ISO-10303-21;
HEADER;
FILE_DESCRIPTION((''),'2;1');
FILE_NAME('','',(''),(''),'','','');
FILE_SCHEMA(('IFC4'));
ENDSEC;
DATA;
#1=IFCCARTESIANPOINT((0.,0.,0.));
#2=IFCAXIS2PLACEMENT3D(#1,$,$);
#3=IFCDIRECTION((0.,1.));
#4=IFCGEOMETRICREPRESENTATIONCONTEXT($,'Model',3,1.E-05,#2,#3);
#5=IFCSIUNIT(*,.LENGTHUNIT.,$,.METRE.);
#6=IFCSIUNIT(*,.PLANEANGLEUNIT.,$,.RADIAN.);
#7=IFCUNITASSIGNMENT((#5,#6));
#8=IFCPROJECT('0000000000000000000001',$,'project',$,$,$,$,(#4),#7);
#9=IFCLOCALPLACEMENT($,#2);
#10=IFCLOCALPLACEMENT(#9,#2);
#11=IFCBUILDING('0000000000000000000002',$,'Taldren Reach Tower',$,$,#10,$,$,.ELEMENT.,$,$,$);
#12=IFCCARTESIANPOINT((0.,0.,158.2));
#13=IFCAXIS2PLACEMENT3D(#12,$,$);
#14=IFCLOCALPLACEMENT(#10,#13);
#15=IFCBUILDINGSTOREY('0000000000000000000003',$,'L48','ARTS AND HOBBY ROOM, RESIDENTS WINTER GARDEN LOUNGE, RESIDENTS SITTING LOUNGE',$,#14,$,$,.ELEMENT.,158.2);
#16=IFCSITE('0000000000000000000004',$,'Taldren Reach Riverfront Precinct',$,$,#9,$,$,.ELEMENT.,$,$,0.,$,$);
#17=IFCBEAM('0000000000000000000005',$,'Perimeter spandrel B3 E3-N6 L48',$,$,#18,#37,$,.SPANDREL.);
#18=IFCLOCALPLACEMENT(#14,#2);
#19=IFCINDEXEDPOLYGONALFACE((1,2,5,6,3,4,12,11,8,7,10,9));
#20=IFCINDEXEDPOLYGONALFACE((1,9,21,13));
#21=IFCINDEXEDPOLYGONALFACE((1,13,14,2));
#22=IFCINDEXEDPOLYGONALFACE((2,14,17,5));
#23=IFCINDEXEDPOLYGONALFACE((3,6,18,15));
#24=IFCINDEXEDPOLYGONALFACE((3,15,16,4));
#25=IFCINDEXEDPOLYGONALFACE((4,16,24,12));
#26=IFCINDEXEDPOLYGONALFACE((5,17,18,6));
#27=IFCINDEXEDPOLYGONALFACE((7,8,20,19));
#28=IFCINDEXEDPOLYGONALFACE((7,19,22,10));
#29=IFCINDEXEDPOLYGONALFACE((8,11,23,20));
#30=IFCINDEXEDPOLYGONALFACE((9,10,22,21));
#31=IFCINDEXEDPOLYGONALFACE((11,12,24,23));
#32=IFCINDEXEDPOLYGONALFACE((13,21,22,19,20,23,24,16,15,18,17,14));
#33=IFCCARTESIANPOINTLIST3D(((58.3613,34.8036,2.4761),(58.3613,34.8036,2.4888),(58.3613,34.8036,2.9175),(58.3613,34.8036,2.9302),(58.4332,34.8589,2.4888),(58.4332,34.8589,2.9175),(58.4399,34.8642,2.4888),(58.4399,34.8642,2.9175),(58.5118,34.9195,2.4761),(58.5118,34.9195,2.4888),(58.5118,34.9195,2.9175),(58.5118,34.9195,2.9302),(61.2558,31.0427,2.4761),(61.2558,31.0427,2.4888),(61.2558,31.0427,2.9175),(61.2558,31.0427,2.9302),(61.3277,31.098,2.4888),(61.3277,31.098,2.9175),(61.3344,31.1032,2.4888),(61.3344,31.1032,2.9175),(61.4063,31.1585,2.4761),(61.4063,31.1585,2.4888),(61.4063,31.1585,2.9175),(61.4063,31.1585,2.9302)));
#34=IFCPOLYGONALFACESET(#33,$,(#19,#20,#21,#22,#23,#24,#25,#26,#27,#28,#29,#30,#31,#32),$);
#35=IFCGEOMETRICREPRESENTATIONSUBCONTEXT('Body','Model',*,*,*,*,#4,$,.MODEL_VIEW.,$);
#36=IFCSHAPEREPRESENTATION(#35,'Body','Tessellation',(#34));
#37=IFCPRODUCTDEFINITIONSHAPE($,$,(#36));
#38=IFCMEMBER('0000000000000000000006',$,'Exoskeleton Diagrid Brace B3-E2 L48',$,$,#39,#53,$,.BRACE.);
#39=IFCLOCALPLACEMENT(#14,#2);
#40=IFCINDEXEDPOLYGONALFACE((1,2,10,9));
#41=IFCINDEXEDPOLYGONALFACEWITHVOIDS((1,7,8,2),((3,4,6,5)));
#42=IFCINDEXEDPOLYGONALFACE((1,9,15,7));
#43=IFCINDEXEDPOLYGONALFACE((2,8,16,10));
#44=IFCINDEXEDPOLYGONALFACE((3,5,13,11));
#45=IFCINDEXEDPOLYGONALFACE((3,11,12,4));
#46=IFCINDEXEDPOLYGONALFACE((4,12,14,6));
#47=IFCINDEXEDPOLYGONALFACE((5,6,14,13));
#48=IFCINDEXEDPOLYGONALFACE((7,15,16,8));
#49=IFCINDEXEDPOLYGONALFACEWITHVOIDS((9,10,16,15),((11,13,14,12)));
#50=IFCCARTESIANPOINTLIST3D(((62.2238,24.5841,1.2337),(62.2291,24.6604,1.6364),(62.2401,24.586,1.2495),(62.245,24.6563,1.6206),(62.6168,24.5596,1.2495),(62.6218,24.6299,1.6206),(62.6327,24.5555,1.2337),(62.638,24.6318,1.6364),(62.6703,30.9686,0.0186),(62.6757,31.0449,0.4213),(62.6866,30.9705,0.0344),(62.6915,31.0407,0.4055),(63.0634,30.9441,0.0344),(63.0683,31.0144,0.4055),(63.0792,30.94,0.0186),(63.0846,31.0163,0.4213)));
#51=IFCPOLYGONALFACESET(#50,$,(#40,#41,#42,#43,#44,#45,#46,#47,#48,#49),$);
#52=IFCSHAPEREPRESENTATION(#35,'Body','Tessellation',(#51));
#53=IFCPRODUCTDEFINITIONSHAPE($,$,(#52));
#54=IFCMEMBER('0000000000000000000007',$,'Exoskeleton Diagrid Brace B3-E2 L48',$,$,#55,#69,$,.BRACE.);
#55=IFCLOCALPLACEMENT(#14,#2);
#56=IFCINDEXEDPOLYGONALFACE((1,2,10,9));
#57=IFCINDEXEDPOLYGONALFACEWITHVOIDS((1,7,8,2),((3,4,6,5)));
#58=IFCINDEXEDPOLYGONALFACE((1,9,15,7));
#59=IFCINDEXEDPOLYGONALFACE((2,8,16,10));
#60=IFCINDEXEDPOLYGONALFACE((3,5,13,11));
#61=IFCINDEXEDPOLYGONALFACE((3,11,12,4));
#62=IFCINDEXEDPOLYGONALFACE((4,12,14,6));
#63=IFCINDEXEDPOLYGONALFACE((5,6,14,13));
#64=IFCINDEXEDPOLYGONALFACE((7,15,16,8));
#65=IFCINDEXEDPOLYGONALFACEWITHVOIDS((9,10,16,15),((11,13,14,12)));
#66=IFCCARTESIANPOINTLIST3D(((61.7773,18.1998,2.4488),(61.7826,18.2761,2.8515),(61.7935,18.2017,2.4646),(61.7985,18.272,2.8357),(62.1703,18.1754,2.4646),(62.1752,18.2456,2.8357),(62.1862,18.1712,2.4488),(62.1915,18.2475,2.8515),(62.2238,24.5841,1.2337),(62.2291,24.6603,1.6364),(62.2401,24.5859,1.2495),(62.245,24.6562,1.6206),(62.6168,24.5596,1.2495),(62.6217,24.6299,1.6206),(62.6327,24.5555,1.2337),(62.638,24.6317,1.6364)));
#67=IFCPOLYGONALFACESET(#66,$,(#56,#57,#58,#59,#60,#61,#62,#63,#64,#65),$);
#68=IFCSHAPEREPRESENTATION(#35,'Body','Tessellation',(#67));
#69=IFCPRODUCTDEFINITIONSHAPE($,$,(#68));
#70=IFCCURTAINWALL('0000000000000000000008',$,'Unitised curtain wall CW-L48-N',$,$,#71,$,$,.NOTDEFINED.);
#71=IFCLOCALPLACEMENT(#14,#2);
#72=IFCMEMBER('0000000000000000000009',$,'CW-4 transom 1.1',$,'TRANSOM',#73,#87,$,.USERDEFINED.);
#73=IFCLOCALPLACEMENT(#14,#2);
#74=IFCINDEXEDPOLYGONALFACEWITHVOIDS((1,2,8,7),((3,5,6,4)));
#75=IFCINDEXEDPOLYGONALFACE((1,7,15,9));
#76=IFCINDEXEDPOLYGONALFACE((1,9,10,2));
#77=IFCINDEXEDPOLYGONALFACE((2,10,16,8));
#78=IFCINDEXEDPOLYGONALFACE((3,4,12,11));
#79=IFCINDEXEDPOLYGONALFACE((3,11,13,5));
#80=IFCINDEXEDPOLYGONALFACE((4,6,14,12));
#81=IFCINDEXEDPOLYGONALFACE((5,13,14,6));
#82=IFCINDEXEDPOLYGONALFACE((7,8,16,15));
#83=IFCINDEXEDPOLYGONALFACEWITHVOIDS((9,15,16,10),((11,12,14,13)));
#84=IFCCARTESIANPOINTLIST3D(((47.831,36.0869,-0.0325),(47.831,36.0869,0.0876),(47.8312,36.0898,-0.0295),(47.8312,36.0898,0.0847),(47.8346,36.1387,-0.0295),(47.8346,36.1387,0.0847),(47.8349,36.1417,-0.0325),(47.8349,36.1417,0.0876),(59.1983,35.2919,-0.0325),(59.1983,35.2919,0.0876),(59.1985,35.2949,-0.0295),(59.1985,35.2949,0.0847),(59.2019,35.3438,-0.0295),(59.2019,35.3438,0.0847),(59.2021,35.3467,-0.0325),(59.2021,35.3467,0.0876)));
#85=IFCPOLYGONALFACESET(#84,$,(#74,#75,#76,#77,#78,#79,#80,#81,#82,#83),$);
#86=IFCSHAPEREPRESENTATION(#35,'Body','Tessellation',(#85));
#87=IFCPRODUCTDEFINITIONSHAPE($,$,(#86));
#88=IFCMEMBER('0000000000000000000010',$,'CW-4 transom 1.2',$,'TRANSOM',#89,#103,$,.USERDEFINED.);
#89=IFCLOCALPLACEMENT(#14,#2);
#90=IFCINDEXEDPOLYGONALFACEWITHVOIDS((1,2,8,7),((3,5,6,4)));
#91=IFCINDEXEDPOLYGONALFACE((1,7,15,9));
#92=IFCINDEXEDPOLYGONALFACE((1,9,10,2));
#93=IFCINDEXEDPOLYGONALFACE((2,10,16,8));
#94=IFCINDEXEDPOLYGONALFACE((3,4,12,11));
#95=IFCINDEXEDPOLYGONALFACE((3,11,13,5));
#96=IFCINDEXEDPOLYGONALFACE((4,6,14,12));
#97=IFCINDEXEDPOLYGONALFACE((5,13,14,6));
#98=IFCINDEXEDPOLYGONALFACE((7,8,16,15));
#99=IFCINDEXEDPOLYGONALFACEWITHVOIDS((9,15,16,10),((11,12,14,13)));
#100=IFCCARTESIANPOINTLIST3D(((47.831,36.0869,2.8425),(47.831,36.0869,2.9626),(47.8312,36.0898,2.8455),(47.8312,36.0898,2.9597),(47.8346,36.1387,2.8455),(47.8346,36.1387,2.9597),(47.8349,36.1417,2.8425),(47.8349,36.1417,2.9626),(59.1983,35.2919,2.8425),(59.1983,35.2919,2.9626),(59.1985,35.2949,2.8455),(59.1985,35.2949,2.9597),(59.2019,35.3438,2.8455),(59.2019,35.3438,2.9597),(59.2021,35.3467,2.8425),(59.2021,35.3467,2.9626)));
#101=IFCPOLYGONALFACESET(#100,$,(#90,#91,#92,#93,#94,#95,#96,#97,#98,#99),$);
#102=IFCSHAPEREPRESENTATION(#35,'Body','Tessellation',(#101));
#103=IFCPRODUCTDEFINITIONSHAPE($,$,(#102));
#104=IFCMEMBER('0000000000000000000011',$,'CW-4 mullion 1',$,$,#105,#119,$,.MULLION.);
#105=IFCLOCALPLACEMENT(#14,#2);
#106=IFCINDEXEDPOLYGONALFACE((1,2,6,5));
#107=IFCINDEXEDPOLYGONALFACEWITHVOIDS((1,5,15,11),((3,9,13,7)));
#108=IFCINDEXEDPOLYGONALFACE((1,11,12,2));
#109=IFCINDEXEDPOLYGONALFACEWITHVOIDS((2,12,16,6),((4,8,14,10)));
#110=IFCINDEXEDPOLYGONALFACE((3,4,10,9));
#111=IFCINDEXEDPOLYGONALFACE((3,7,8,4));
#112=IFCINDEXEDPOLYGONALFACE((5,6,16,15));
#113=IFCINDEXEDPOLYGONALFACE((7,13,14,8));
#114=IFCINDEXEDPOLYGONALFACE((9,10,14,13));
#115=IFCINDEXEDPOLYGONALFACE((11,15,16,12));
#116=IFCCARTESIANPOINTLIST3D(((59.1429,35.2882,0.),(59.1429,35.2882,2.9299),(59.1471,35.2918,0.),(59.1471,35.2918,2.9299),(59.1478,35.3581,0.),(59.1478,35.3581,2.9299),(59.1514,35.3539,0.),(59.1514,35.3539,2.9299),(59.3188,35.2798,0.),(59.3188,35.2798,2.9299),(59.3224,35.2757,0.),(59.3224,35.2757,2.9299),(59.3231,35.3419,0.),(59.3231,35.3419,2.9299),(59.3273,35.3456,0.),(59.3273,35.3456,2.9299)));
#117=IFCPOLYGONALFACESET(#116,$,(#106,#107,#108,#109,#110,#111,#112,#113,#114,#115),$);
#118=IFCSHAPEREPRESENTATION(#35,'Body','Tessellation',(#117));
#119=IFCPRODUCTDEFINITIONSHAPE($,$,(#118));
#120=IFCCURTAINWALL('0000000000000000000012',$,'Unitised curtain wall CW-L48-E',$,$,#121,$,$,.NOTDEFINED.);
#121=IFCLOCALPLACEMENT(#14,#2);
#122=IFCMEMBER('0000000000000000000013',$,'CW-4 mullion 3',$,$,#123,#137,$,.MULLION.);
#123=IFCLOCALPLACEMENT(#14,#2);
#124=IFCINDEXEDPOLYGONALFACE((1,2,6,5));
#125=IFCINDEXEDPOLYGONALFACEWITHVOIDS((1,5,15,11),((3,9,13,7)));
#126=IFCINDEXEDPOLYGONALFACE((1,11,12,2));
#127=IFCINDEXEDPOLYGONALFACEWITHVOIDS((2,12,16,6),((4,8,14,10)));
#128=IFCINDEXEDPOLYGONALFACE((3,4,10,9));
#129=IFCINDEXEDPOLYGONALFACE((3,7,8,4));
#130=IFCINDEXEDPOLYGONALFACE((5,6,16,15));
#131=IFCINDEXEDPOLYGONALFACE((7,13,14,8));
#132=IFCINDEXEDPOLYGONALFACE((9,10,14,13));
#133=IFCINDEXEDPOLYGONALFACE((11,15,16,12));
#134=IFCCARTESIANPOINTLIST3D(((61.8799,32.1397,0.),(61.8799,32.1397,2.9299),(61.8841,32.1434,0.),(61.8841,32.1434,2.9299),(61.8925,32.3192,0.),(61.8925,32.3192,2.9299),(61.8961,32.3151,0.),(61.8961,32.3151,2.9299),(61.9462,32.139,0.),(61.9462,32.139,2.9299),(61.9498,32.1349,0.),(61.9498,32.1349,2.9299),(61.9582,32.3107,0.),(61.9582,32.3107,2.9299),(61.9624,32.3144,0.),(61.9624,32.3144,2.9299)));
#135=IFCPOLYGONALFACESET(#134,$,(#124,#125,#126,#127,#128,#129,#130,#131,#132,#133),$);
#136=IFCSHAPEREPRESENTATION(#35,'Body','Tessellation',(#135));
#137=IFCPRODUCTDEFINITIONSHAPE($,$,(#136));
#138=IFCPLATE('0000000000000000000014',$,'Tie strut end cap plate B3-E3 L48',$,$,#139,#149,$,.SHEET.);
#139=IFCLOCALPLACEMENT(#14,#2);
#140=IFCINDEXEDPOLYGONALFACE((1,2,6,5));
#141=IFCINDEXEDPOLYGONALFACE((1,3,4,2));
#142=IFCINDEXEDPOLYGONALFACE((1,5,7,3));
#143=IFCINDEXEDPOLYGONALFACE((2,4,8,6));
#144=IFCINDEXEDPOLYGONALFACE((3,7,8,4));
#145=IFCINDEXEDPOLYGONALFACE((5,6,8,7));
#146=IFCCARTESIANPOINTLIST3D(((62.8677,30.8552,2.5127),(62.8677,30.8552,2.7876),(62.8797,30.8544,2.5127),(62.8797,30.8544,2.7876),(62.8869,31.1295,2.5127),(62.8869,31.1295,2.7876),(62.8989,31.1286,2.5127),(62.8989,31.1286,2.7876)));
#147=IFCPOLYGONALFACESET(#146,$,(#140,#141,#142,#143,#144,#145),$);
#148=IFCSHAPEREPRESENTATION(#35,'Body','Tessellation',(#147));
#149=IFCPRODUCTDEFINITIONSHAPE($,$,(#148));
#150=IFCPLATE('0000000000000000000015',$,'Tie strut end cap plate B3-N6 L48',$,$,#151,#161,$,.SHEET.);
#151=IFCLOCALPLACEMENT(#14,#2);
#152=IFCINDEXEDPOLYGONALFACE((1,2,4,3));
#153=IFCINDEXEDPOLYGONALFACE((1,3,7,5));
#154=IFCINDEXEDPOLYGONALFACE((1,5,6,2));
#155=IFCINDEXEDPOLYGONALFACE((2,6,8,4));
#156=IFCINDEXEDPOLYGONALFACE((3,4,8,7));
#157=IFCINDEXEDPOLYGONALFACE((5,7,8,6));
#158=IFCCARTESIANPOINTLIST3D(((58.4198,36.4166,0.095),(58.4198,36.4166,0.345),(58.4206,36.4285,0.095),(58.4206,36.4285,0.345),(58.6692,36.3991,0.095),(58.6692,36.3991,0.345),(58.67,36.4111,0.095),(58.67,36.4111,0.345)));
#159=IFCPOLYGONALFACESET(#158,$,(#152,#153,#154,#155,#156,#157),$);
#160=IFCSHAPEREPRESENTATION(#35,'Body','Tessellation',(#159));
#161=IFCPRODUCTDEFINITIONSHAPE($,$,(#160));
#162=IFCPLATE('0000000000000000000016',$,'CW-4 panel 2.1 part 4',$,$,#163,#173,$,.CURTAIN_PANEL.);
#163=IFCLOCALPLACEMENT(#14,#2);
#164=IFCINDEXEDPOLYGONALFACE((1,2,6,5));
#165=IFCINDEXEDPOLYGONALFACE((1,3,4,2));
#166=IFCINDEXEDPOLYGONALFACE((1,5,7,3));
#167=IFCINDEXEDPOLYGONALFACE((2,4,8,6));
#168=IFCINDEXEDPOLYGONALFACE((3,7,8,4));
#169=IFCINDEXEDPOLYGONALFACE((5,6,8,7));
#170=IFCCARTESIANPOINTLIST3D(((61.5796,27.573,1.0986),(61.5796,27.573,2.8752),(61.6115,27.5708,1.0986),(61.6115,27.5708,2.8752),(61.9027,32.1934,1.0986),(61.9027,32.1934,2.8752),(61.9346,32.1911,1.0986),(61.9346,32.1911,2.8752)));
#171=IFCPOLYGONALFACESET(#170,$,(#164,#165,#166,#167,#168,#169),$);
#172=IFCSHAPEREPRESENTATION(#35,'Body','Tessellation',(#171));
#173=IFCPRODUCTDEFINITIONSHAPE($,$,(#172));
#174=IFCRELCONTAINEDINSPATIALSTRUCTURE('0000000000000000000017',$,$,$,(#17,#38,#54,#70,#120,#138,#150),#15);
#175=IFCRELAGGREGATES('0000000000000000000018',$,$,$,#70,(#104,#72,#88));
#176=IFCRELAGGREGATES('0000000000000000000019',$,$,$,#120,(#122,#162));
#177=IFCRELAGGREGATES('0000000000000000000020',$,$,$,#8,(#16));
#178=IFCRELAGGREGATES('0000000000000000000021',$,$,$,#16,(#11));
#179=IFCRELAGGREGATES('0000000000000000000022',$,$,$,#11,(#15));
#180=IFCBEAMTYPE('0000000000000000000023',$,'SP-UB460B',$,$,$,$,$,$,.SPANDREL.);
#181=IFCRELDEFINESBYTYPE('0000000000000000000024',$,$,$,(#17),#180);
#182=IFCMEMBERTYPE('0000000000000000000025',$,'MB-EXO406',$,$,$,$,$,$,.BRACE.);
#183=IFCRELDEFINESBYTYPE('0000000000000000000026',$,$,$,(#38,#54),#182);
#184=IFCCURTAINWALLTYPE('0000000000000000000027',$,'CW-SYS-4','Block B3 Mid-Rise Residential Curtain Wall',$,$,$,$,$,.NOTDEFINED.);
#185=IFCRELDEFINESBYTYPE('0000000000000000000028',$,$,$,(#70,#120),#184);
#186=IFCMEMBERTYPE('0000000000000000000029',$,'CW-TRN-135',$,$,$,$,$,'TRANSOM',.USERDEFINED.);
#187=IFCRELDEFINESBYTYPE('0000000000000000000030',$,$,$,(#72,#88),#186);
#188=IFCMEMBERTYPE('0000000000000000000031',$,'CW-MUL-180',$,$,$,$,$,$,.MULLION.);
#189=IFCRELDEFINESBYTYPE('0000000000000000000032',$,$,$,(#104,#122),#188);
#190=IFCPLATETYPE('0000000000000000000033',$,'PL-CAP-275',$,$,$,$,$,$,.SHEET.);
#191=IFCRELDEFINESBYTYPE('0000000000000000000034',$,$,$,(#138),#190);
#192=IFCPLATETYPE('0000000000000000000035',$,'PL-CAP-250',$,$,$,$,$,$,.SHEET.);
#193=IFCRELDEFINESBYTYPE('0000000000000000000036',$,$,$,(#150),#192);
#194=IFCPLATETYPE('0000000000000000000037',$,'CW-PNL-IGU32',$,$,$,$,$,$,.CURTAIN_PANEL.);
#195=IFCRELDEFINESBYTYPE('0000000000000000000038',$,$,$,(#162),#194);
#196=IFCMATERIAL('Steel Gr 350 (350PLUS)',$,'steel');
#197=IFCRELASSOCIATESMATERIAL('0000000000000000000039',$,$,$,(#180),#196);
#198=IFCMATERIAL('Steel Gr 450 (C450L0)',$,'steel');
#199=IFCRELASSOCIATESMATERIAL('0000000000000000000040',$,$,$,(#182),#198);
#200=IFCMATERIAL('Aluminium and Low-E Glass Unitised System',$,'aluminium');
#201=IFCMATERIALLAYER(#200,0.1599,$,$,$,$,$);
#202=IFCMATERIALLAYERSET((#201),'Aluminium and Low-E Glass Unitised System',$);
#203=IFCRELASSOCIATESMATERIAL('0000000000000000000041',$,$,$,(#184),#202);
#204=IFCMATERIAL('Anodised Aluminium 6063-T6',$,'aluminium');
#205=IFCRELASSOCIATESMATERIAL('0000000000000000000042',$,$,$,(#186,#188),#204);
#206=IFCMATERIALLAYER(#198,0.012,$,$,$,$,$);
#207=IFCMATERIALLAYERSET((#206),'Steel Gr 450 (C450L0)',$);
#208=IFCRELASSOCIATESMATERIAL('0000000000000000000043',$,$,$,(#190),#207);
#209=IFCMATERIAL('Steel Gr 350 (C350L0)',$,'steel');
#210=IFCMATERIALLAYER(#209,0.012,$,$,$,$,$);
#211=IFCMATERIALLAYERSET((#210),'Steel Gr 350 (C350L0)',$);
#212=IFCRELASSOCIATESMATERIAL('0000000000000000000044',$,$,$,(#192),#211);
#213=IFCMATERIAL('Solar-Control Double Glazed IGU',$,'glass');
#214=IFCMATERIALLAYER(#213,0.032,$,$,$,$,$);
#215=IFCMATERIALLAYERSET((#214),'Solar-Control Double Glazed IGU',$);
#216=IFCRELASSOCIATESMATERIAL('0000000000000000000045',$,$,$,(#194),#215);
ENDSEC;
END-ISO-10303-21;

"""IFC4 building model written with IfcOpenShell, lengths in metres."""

from ifc_helpers import new_model, si_unit, direction, frame, origin, origin_2d, place, context, subcontext, project, spatial, rectangle, hollow_rectangle, i_section, extrude, source, transform, mapped, material, layer, layer_set, material_profile, profile_set, type_object, element, aggregate, save


model = new_model("IFC4")

# Units and contexts
model_context = context("Model", 3, precision=1e-05, world=origin(), true_north=direction((0.0, 1.0)))
body_context = subcontext(model_context, "Body", "Model", "MODEL_VIEW")
ifc_project = project(units=[si_unit("LENGTHUNIT", "METRE"), si_unit("PLANEANGLEUNIT", "RADIAN")], contexts=[model_context])

# Site, building, storey
site_placement = place(None, origin())
site = spatial("IfcSite", under=ifc_project, at=site_placement, Name="Taldren Reach Riverfront Precinct", CompositionType="ELEMENT", RefElevation=0.0)
building_placement = place(site_placement, origin())
building = spatial("IfcBuilding", under=site, at=building_placement, Name="Taldren Reach Tower", CompositionType="ELEMENT")
storey_placement = place(building_placement, frame((0.0, 0.0, 158.2)))
storey = spatial("IfcBuildingStorey", under=building, at=storey_placement, Name="L48", Description="ARTS AND HOBBY ROOM, RESIDENTS WINTER GARDEN LOUNGE, RESIDENTS SITTING LOUNGE", CompositionType="ELEMENT", Elevation=158.2)

# Shared definitions
ifc_material_1 = material(Name="Steel Gr 450 (C450L0)", Category="steel")
ifc_material_2 = material(Name="Steel Gr 350 (350PLUS)", Category="steel")

# Shared definitions
ifc_material_3 = material(Name="Steel Gr 350 (C350L0)", Category="steel")

# Beam
ifc_material_profile_1 = material_profile(ifc_material_2, i_section(OverallWidth=0.1899, OverallDepth=0.4541, WebThickness=0.0085, FlangeThickness=0.0127, at=origin_2d()), Name="460UB67.1")
ifc_profile_set_1 = profile_set([ifc_material_profile_1], Name="Steel Gr 350 (350PLUS)")
beam_type = type_object("IfcBeamType", Name="SP-UB460B", PredefinedType="SPANDREL", material=ifc_profile_set_1)
shared_shape_1 = source(origin(), body_context, "Body", "SweptSolid", [
    extrude(i_section(OverallWidth=0.1899, OverallDepth=0.4541, WebThickness=0.0085, FlangeThickness=0.0127, at=origin_2d()), origin(), (0.0, 0.0, 1.0), 4.7458),
])
beam_1_placement = place(storey_placement, frame((61.3311, 31.1006, 2.7031), z_axis=(-0.609905, 0.792475, 0.0), x_axis=(-0.792475, -0.609905, 0.0)))
element("IfcBeam", 1, at=beam_1_placement, inside=storey, type_object=beam_type, Name="Perimeter spandrel B3 E3-N6 L48", PredefinedType="SPANDREL", context=body_context, shape_type="MappedRepresentation", body=[
    mapped(shared_shape_1, transform((0.0, 0.0, 0.0), scale=1.0)),
])

# Members
ifc_material_profile_2 = material_profile(ifc_material_1, hollow_rectangle(XDim=0.4099, YDim=0.4099, WallThickness=0.0161, at=origin_2d()), Name="410x410x16.0SHS")
ifc_profile_set_2 = profile_set([ifc_material_profile_2], Name="Steel Gr 450 (C450L0)")
member_type_1 = type_object("IfcMemberType", Name="MB-EXO406", PredefinedType="BRACE", material=ifc_profile_set_2)
shared_shape_2 = source(origin(), body_context, "Body", "SweptSolid", [
    extrude(hollow_rectangle(XDim=0.4099, YDim=0.4099, WallThickness=0.0161, at=origin_2d()), origin(), (0.0, 0.0, 1.0), 6.5144),
])
member_1_placement = place(storey_placement, frame((62.8774, 30.9924, 0.22), z_axis=(-0.068545, -0.980057, 0.186522), x_axis=(0.997563, -0.06977, 0.0)))
element("IfcMember", 2, at=member_1_placement, inside=storey, type_object=member_type_1, Name="Exoskeleton Diagrid Brace B3-E2 L48", PredefinedType="BRACE", context=body_context, shape_type="MappedRepresentation", body=[
    mapped(shared_shape_2, transform((0.0, 0.0, 0.0), scale=1.0)),
])
shared_shape_3 = source(origin(), body_context, "Body", "SweptSolid", [
    extrude(hollow_rectangle(XDim=0.4099, YDim=0.4099, WallThickness=0.0161, at=origin_2d()), origin(), (0.0, 0.0, 1.0), 6.5142),
])
member_2_placement = place(storey_placement, frame((62.4309, 24.6079, 1.4351), z_axis=(-0.068548, -0.980055, 0.186529), x_axis=(0.997563, -0.069772, 0.0)))
element("IfcMember", 3, at=member_2_placement, inside=storey, type_object=member_type_1, Name="Exoskeleton Diagrid Brace B3-E2 L48", PredefinedType="BRACE", context=body_context, shape_type="MappedRepresentation", body=[
    mapped(shared_shape_3, transform((0.0, 0.0, 0.0), scale=1.0)),
])

# Curtain wall, members
ifc_material_4 = material(Name="Aluminium and Low-E Glass Unitised System", Category="aluminium")
ifc_layer_1 = layer(ifc_material_4, 0.1599)
ifc_layer_set_1 = layer_set([ifc_layer_1], Name="Aluminium and Low-E Glass Unitised System")
curtain_wall_type = type_object("IfcCurtainWallType", Name="CW-SYS-4", Description="Block B3 Mid-Rise Residential Curtain Wall", PredefinedType="NOTDEFINED", material=ifc_layer_set_1)
curtain_wall_1_placement = place(storey_placement, origin())
curtain_wall_1 = element("IfcCurtainWall", 4, at=curtain_wall_1_placement, inside=storey, type_object=curtain_wall_type, Name="Unitised curtain wall CW-L48-N", PredefinedType="NOTDEFINED")
ifc_material_5 = material(Name="Anodised Aluminium 6063-T6", Category="aluminium")
ifc_material_profile_3 = material_profile(ifc_material_5, hollow_rectangle(XDim=0.0549, YDim=0.1201, WallThickness=0.0029, at=origin_2d()), Name="ALU-120x55x3RHS")
ifc_profile_set_3 = profile_set([ifc_material_profile_3], Name="Anodised Aluminium 6063-T6")
member_type_2 = type_object("IfcMemberType", Name="CW-TRN-135", ElementType="TRANSOM", PredefinedType="USERDEFINED", material=ifc_profile_set_3)
shared_shape_4 = source(origin(), body_context, "Body", "SweptSolid", [
    extrude(hollow_rectangle(XDim=0.0549, YDim=0.1201, WallThickness=0.0029, at=origin_2d()), origin(), (0.0, 0.0, 1.0), 11.395),
])
member_3_placement = place(storey_placement, frame((59.2002, 35.3193, 0.0276), z_axis=(-0.997564, 0.069761, 0.0), x_axis=(-0.069761, -0.997564, 0.0)))
member_3 = element("IfcMember", 5, at=member_3_placement, type_object=member_type_2, Name="CW-4 transom 1.1", ObjectType="TRANSOM", PredefinedType="USERDEFINED", context=body_context, shape_type="MappedRepresentation", body=[
    mapped(shared_shape_4, transform((0.0, 0.0, 0.0), scale=1.0)),
])
member_4_placement = place(storey_placement, frame((59.2002, 35.3193, 2.9026), z_axis=(-0.997564, 0.069761, 0.0), x_axis=(-0.069761, -0.997564, 0.0)))
member_4 = element("IfcMember", 6, at=member_4_placement, type_object=member_type_2, Name="CW-4 transom 1.2", ObjectType="TRANSOM", PredefinedType="USERDEFINED", context=body_context, shape_type="MappedRepresentation", body=[
    mapped(shared_shape_4, transform((0.0, 0.0, 0.0), scale=1.0)),
])
ifc_material_profile_4 = material_profile(ifc_material_5, hollow_rectangle(XDim=0.0701, YDim=0.1799, WallThickness=0.0039, at=origin_2d()), Name="ALU-180x70x4RHS")
ifc_profile_set_4 = profile_set([ifc_material_profile_4], Name="Anodised Aluminium 6063-T6")
member_type_3 = type_object("IfcMemberType", Name="CW-MUL-180", PredefinedType="MULLION", material=ifc_profile_set_4)
shared_shape_5 = source(origin(), body_context, "Body", "SweptSolid", [
    extrude(hollow_rectangle(XDim=0.0701, YDim=0.1799, WallThickness=0.0039, at=origin_2d()), origin(), (0.0, 0.0, 1.0), 2.9299),
])
member_5_placement = place(storey_placement, frame((59.2351, 35.3169, 0.0), z_axis=(0.0, 0.0, 1.0), x_axis=(-0.069757, -0.997564, 0.0)))
member_5 = element("IfcMember", 7, at=member_5_placement, type_object=member_type_3, Name="CW-4 mullion 1", PredefinedType="MULLION", context=body_context, shape_type="MappedRepresentation", body=[
    mapped(shared_shape_5, transform((0.0, 0.0, 0.0), scale=1.0)),
])
aggregate(curtain_wall_1, [member_5, member_3, member_4])

# Curtain wall, member
curtain_wall_2_placement = place(storey_placement, origin())
curtain_wall_2 = element("IfcCurtainWall", 8, at=curtain_wall_2_placement, inside=storey, type_object=curtain_wall_type, Name="Unitised curtain wall CW-L48-E", PredefinedType="NOTDEFINED")
member_6_placement = place(storey_placement, frame((61.9211, 32.2271, 0.0), z_axis=(0.0, 0.0, 1.0), x_axis=(-0.997564, 0.069756, 0.0)))
member_6 = element("IfcMember", 9, at=member_6_placement, type_object=member_type_3, Name="CW-4 mullion 3", PredefinedType="MULLION", context=body_context, shape_type="MappedRepresentation", body=[
    mapped(shared_shape_5, transform((0.0, 0.0, 0.0), scale=1.0)),
])

# Plates
ifc_layer_2 = layer(ifc_material_1, 0.012)
ifc_layer_set_2 = layer_set([ifc_layer_2], Name="Steel Gr 450 (C450L0)")
plate_type_1 = type_object("IfcPlateType", Name="PL-CAP-275", PredefinedType="SHEET", material=ifc_layer_set_2)
shared_shape_6 = source(origin(), body_context, "Body", "SweptSolid", [
    extrude(rectangle(XDim=0.012, YDim=0.2749, at=origin_2d()), origin(), (0.0, 0.0, 1.0), 0.2749),
])
plate_1_placement = place(storey_placement, frame((62.8833, 30.9919, 2.5127), z_axis=(0.0, 0.0, 1.0), x_axis=(0.997564, -0.069756, 0.0)))
element("IfcPlate", 10, at=plate_1_placement, inside=storey, type_object=plate_type_1, Name="Tie strut end cap plate B3-E3 L48", PredefinedType="SHEET", context=body_context, shape_type="MappedRepresentation", body=[
    mapped(shared_shape_6, transform((0.0, 0.0, 0.0), scale=1.0)),
])
ifc_layer_3 = layer(ifc_material_3, 0.012)
ifc_layer_set_3 = layer_set([ifc_layer_3], Name="Steel Gr 350 (C350L0)")
plate_type_2 = type_object("IfcPlateType", Name="PL-CAP-250", PredefinedType="SHEET", material=ifc_layer_set_3)
shared_shape_7 = source(origin(), body_context, "Body", "SweptSolid", [
    extrude(rectangle(XDim=0.25, YDim=0.012, at=origin_2d()), origin(), (0.0, 0.0, 1.0), 0.25),
])
plate_2_placement = place(storey_placement, frame((58.5449, 36.4138, 0.095), z_axis=(0.0, 0.0, 1.0), x_axis=(0.997564, -0.069756, 0.0)))
element("IfcPlate", 11, at=plate_2_placement, inside=storey, type_object=plate_type_2, Name="Tie strut end cap plate B3-N6 L48", PredefinedType="SHEET", context=body_context, shape_type="MappedRepresentation", body=[
    mapped(shared_shape_7, transform((0.0, 0.0, 0.0), scale=1.0)),
])

# Plate
ifc_material_6 = material(Name="Solar-Control Double Glazed IGU", Category="glass")
ifc_layer_4 = layer(ifc_material_6, 0.032)
ifc_layer_set_4 = layer_set([ifc_layer_4], Name="Solar-Control Double Glazed IGU")
plate_type_3 = type_object("IfcPlateType", Name="CW-PNL-IGU32", PredefinedType="CURTAIN_PANEL", material=ifc_layer_set_4)
shared_shape_8 = source(origin(), body_context, "Body", "SweptSolid", [
    extrude(rectangle(XDim=4.6316, YDim=0.032, at=origin_2d()), origin(), (0.0, 0.0, 1.0), 1.7766),
])
plate_3_placement = place(storey_placement, frame((61.7571, 29.8821, 1.0986), z_axis=(0.0, 0.0, 1.0), x_axis=(0.069756, 0.997564, 0.0)))
plate_3 = element("IfcPlate", 12, at=plate_3_placement, type_object=plate_type_3, Name="CW-4 panel 2.1 part 4", PredefinedType="CURTAIN_PANEL", context=body_context, shape_type="MappedRepresentation", body=[
    mapped(shared_shape_8, transform((0.0, 0.0, 0.0), scale=1.0)),
])
aggregate(curtain_wall_2, [member_6, plate_3])

save(model, "model.ifc")
